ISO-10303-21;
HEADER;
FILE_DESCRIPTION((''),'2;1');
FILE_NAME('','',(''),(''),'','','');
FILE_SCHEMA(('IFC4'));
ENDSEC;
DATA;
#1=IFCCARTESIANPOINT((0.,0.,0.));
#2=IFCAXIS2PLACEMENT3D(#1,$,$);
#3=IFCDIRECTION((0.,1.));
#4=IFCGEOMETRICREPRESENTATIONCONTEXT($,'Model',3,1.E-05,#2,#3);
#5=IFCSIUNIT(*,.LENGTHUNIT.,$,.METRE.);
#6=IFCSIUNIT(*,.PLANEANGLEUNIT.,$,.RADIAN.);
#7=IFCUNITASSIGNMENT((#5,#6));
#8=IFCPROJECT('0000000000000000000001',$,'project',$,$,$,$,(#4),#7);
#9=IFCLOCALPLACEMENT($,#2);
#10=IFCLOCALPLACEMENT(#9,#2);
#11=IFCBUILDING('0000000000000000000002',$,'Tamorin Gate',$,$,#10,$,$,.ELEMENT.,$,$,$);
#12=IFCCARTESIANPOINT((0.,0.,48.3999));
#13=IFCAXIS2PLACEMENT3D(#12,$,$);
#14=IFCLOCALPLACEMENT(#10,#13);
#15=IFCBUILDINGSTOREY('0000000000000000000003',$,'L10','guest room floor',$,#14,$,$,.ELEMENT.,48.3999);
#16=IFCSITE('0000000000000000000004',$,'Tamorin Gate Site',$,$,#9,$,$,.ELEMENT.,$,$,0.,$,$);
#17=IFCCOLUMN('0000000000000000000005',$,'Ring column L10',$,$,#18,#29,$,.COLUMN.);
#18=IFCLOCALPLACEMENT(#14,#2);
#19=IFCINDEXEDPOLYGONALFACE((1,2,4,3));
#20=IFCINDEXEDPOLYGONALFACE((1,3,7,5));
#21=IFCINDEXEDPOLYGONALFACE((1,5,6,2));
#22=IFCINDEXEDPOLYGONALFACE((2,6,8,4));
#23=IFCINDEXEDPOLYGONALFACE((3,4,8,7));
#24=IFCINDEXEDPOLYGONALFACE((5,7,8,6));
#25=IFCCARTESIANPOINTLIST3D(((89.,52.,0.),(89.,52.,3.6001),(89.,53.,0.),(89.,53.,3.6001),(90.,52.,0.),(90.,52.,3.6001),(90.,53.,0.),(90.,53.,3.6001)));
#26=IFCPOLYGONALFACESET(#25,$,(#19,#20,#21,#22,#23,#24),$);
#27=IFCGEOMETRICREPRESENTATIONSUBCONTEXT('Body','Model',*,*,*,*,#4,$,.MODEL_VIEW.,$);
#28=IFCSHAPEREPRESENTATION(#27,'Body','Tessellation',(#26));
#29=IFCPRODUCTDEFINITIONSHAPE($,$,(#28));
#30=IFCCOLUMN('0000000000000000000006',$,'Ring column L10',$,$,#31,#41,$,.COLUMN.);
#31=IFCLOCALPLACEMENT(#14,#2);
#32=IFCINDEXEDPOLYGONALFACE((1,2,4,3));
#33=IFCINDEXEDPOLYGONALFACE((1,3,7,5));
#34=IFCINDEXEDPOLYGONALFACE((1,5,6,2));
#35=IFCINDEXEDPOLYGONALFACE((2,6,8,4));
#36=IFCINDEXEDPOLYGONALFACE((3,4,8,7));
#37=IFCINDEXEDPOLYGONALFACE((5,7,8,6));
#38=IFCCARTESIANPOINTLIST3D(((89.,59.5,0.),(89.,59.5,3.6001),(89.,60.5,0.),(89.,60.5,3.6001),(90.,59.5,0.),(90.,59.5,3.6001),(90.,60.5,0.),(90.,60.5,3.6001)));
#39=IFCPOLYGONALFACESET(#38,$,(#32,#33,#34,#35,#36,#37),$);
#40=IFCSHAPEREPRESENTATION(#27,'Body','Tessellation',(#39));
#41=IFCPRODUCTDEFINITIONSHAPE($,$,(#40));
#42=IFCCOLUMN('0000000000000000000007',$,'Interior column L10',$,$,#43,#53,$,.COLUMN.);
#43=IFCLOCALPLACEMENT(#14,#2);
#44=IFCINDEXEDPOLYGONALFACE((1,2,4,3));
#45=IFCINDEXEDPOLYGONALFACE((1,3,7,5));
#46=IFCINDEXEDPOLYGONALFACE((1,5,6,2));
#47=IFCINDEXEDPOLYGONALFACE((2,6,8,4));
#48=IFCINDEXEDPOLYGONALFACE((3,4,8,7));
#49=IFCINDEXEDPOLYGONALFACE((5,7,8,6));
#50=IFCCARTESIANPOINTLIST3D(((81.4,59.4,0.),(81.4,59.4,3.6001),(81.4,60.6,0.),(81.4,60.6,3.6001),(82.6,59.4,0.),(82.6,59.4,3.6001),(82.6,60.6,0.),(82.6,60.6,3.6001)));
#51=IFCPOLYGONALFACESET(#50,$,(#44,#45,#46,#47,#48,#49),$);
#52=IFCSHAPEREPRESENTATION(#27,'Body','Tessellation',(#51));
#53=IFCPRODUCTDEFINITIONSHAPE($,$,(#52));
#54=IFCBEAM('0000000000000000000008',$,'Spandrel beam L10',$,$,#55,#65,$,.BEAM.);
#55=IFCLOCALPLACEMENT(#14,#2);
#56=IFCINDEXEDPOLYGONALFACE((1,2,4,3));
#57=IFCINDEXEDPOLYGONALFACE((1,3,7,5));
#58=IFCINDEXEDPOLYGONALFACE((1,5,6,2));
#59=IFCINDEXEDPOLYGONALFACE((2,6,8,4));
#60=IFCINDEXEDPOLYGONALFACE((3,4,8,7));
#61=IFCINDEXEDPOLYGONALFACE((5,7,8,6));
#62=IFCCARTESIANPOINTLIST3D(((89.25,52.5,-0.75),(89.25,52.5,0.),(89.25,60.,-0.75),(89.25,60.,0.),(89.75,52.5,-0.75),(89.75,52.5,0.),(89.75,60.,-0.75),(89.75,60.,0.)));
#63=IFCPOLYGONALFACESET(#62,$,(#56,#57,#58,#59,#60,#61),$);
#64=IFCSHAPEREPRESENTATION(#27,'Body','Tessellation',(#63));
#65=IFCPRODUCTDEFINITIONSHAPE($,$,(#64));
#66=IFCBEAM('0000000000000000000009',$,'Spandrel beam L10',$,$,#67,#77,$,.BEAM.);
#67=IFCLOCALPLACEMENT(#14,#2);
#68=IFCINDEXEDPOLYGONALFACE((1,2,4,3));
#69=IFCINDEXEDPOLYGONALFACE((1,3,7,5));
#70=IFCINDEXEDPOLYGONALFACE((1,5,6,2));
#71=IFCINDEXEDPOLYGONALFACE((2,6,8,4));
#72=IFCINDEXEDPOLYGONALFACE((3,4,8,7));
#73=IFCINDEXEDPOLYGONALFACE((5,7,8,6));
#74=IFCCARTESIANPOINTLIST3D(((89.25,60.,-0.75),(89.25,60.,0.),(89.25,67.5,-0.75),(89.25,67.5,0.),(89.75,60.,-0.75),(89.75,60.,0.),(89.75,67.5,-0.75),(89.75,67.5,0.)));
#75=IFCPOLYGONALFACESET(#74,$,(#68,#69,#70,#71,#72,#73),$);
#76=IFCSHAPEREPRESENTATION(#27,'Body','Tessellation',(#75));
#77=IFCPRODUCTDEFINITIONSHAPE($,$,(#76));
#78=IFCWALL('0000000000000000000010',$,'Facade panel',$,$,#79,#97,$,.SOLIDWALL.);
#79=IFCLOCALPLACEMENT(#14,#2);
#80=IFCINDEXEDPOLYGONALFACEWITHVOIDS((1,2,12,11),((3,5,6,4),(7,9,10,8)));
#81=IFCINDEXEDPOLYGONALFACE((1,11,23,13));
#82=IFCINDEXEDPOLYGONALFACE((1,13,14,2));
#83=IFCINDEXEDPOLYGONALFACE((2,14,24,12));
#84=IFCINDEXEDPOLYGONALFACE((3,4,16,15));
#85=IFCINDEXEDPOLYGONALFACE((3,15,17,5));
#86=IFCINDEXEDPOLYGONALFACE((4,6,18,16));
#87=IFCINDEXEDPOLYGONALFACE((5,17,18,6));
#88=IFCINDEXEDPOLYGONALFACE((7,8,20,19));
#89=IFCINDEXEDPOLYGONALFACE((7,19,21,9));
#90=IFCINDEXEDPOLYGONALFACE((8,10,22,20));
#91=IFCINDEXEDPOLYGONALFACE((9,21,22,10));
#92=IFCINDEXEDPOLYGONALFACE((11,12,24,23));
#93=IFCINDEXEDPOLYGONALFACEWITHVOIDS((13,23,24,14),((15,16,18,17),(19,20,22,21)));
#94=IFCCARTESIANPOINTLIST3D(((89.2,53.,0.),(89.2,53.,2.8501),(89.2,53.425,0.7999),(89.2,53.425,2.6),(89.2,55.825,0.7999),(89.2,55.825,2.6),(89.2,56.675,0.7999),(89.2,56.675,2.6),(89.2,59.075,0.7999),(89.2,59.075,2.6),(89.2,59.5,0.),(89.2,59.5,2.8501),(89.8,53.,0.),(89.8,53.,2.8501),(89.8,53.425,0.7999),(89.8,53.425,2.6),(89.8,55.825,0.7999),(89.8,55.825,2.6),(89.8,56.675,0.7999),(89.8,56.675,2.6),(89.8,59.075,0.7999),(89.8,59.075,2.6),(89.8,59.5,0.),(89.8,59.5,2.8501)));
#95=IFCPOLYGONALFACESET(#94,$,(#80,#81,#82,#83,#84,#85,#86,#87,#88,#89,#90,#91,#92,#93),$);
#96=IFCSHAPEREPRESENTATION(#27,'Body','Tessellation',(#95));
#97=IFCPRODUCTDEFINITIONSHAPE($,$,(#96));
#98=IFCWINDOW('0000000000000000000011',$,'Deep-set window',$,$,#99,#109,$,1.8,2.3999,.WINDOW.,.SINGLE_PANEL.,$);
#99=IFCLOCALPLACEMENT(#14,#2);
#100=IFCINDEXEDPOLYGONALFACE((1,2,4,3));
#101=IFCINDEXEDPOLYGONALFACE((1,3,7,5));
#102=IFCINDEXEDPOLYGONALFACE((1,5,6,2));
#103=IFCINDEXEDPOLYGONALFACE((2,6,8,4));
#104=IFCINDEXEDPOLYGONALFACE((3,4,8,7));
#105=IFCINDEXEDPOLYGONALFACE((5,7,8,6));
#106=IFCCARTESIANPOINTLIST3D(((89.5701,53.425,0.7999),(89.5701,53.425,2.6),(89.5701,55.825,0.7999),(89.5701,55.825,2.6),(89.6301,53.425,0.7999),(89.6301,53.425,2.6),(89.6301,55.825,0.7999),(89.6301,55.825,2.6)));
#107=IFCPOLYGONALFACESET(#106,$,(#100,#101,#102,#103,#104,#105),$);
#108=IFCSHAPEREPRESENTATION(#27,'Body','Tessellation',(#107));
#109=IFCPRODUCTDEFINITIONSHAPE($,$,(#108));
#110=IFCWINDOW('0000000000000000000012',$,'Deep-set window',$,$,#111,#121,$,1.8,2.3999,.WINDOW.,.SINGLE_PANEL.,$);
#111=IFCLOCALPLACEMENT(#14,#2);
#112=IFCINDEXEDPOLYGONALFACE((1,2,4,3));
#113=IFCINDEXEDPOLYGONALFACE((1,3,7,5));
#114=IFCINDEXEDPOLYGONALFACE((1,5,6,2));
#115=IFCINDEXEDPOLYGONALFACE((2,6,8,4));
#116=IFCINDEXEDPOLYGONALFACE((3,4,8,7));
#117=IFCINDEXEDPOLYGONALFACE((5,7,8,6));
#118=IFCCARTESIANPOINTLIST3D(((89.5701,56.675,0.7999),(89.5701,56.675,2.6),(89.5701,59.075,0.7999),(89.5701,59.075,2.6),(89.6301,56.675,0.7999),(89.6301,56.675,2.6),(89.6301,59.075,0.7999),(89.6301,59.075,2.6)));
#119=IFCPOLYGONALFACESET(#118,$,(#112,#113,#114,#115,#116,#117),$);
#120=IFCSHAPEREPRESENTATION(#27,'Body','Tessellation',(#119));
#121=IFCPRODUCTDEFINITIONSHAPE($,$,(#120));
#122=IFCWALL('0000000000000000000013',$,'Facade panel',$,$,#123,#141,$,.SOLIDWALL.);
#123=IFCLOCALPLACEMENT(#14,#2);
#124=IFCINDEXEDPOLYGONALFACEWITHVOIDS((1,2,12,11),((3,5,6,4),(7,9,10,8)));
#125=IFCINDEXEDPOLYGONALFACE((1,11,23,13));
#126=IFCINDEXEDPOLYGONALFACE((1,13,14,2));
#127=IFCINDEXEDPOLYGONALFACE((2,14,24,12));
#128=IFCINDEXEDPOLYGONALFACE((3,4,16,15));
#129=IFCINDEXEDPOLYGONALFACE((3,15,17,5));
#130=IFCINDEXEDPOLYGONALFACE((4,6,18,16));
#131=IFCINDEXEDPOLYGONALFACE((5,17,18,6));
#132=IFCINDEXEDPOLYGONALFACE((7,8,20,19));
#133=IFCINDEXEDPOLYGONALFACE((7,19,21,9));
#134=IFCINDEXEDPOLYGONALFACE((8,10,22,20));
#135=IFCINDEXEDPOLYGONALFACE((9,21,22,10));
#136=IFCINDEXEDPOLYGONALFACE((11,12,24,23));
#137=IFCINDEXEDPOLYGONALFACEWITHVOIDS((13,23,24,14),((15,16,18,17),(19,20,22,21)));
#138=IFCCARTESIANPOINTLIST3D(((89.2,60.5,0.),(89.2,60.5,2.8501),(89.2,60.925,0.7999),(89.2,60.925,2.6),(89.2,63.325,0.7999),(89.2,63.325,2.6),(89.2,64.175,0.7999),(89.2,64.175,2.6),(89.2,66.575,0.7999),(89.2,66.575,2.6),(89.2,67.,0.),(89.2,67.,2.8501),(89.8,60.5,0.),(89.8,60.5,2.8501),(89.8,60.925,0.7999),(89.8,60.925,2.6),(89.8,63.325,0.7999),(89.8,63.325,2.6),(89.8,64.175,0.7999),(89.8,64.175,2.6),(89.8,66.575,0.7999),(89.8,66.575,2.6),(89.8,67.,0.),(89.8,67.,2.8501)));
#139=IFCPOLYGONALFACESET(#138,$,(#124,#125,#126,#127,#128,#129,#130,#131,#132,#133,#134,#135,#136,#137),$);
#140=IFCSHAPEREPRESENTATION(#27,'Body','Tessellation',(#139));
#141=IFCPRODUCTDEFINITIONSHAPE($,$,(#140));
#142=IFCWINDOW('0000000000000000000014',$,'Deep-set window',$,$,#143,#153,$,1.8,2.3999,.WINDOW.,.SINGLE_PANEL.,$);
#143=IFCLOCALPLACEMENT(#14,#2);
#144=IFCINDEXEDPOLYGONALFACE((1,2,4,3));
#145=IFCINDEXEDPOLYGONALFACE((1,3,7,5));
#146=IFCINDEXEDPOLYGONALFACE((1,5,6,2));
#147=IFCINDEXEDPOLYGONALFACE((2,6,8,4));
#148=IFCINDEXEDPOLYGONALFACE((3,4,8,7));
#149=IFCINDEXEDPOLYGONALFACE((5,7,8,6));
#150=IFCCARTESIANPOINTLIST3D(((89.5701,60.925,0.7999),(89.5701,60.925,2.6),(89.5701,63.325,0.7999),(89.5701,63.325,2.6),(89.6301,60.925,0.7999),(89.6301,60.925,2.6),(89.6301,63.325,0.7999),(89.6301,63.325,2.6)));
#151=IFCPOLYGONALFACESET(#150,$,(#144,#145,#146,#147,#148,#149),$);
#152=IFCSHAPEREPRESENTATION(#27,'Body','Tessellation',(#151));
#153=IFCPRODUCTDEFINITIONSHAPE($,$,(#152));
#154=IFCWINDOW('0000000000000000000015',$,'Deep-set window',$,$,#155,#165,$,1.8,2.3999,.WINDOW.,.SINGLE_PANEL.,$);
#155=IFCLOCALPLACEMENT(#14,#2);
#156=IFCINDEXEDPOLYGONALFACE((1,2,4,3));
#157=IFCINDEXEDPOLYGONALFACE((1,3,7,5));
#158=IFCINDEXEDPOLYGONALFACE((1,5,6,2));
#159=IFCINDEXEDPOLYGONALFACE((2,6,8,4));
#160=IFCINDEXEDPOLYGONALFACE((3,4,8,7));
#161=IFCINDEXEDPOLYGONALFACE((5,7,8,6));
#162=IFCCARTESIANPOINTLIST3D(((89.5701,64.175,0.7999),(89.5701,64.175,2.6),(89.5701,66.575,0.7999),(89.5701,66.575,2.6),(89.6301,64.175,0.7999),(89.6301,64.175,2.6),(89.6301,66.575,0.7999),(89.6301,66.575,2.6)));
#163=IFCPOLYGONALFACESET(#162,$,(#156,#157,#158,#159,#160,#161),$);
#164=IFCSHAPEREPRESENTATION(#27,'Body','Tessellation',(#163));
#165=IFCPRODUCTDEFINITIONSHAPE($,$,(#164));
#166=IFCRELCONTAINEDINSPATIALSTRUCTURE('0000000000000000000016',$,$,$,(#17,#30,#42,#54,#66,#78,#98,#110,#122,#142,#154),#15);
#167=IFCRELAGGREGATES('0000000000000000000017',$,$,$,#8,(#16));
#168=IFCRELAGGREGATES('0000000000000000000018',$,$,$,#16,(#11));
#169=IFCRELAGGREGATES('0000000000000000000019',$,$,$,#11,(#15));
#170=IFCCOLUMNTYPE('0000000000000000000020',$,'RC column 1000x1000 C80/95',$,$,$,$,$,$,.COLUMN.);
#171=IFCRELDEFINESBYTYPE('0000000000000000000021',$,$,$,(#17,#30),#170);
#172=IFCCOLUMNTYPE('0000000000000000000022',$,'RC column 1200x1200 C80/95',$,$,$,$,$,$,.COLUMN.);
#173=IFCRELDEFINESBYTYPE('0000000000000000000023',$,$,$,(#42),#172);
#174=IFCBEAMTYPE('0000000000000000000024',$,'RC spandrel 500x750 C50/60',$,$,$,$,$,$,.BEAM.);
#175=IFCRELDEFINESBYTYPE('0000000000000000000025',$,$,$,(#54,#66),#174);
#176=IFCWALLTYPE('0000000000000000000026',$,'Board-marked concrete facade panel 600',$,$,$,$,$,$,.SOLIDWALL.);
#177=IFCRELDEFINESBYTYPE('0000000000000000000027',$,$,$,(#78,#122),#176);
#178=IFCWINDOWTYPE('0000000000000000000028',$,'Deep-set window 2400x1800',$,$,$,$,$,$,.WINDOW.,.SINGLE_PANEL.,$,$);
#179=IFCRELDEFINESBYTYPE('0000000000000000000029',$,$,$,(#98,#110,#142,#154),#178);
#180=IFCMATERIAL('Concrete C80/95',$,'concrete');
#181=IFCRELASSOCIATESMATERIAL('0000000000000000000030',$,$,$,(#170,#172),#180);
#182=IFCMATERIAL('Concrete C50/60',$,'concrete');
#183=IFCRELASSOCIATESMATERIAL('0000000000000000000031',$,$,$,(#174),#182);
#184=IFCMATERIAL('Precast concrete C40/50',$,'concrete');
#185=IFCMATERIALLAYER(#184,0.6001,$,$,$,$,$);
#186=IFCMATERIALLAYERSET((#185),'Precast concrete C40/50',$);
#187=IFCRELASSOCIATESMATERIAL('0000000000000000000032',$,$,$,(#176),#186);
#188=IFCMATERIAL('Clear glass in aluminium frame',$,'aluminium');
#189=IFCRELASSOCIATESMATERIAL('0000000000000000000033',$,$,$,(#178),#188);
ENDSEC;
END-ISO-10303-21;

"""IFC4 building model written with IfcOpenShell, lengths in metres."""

from ifc_helpers import new_model, si_unit, direction, frame, frame_2d, origin, origin_2d, place, context, subcontext, project, spatial, rectangle, extrude, material, layer, layer_set, material_profile, profile_set, type_object, element, fill, save


model = new_model("IFC4")

# Units and contexts
model_context = context("Model", 3, precision=1e-05, world=origin(), true_north=direction((0.0, 1.0)))
body_context = subcontext(model_context, "Body", "Model", "MODEL_VIEW")
ifc_project = project(units=[si_unit("LENGTHUNIT", "METRE"), si_unit("PLANEANGLEUNIT", "RADIAN")], contexts=[model_context])

# Site, building, storey
site_placement = place(None, origin())
site = spatial("IfcSite", under=ifc_project, at=site_placement, Name="Tamorin Gate Site", CompositionType="ELEMENT", RefElevation=0.0)
building_placement = place(site_placement, origin())
building = spatial("IfcBuilding", under=site, at=building_placement, Name="Tamorin Gate", CompositionType="ELEMENT")
storey_placement = place(building_placement, frame((0.0, 0.0, 48.3999)))
storey = spatial("IfcBuildingStorey", under=building, at=storey_placement, Name="L10", Description="guest room floor", CompositionType="ELEMENT", Elevation=48.3999)

# Columns
ifc_material_1 = material(Name="Concrete C80/95", Category="concrete")
ifc_material_profile_1 = material_profile(ifc_material_1, rectangle(XDim=1.0, YDim=1.0, at=origin_2d()), Name="RC 1000x1000")
ifc_profile_set_1 = profile_set([ifc_material_profile_1], Name="Concrete C80/95")
column_type_1 = type_object("IfcColumnType", Name="RC column 1000x1000 C80/95", PredefinedType="COLUMN", material=ifc_profile_set_1)
for number, where, z_axis, x_axis, name in (
    (1, (89.5, 52.5, 0.0), (0.0, 0.0, 1.0), (1.0, 0.0, 0.0), "Ring column L10"),
    (2, (89.5, 60.0, 0.0), (0.0, 0.0, 1.0), (1.0, 0.0, 0.0), "Ring column L10"),
):
    element("IfcColumn", number, at=place(storey_placement, frame(where, z_axis=z_axis, x_axis=x_axis)), inside=storey, type_object=column_type_1, Name=name, PredefinedType="COLUMN", context=body_context, shape_type="SweptSolid", body=[
        extrude(rectangle(XDim=1.0, YDim=1.0, at=origin_2d()), origin(), (0.0, 0.0, 1.0), 3.6001),
    ])
ifc_material_profile_2 = material_profile(ifc_material_1, rectangle(XDim=1.2, YDim=1.2, at=origin_2d()), Name="RC 1200x1200")
ifc_profile_set_2 = profile_set([ifc_material_profile_2], Name="Concrete C80/95")
column_type_2 = type_object("IfcColumnType", Name="RC column 1200x1200 C80/95", PredefinedType="COLUMN", material=ifc_profile_set_2)
column_placement = place(storey_placement, frame((82.0, 60.0, 0.0), z_axis=(0.0, 0.0, 1.0), x_axis=(1.0, 0.0, 0.0)))
element("IfcColumn", 3, at=column_placement, inside=storey, type_object=column_type_2, Name="Interior column L10", PredefinedType="COLUMN", context=body_context, shape_type="SweptSolid", body=[
    extrude(rectangle(XDim=1.2, YDim=1.2, at=origin_2d()), origin(), (0.0, 0.0, 1.0), 3.6001),
])

# Beams
ifc_material_2 = material(Name="Concrete C50/60", Category="concrete")
ifc_material_profile_3 = material_profile(ifc_material_2, rectangle(XDim=0.5, YDim=0.75, at=origin_2d()), Name="RC 500x750")
ifc_profile_set_3 = profile_set([ifc_material_profile_3], Name="Concrete C50/60")
beam_type = type_object("IfcBeamType", Name="RC spandrel 500x750 C50/60", PredefinedType="BEAM", material=ifc_profile_set_3)
for number, where, z_axis, x_axis, name in (
    (4, (89.5, 52.5, -0.375), (0.0, 1.0, 0.0), (-1.0, 0.0, 0.0), "Spandrel beam L10"),
    (5, (89.5, 60.0, -0.375), (0.0, 1.0, 0.0), (-1.0, 0.0, 0.0), "Spandrel beam L10"),
):
    element("IfcBeam", number, at=place(storey_placement, frame(where, z_axis=z_axis, x_axis=x_axis)), inside=storey, type_object=beam_type, Name=name, PredefinedType="BEAM", context=body_context, shape_type="SweptSolid", body=[
        extrude(rectangle(XDim=0.5, YDim=0.75, at=origin_2d()), origin(), (0.0, 0.0, 1.0), 7.5),
    ])

# Walls, openings, windows
ifc_material_3 = material(Name="Precast concrete C40/50", Category="concrete")
ifc_layer_1 = layer(ifc_material_3, 0.6001)
ifc_layer_set_1 = layer_set([ifc_layer_1], Name="Precast concrete C40/50")
wall_type_1 = type_object("IfcWallType", Name="Board-marked concrete facade panel 600", PredefinedType="SOLIDWALL", material=ifc_layer_set_1)
wall_1_placement = place(storey_placement, frame((89.5, 53.0, 0.0), z_axis=(0.0, 0.0, 1.0), x_axis=(0.0, 1.0, 0.0)))
wall_1 = element("IfcWall", 6, at=wall_1_placement, inside=storey, type_object=wall_type_1, Name="Facade panel", PredefinedType="SOLIDWALL", context=body_context, shape_type="SweptSolid", body=[
    extrude(rectangle(XDim=6.5, YDim=0.6001, at=frame_2d((3.25, 0.0))), origin(), (0.0, 0.0, 1.0), 2.8501),
])
opening_1_placement = place(wall_1_placement, frame((0.425, 0.0, 0.8)))
opening_1 = element("IfcOpeningElement", 7, at=opening_1_placement, cuts=wall_1, PredefinedType="OPENING", context=body_context, shape_type="SweptSolid", body=[
    extrude(rectangle(XDim=2.3999, YDim=1.8, at=frame_2d((1.2, 0.8999))), frame((0.0, 0.3101, 0.0), z_axis=(0.0, -1.0, 0.0), x_axis=(1.0, 0.0, 0.0)), (0.0, 0.0, 1.0), 0.6201),
])
opening_2_placement = place(wall_1_placement, frame((3.675, 0.0, 0.8)))
opening_2 = element("IfcOpeningElement", 8, at=opening_2_placement, cuts=wall_1, PredefinedType="OPENING", context=body_context, shape_type="SweptSolid", body=[
    extrude(rectangle(XDim=2.3999, YDim=1.8, at=frame_2d((1.2, 0.8999))), frame((0.0, 0.3101, 0.0), z_axis=(0.0, -1.0, 0.0), x_axis=(1.0, 0.0, 0.0)), (0.0, 0.0, 1.0), 0.6201),
])
ifc_material_4 = material(Name="Clear glass in aluminium frame", Category="aluminium")
window_type = type_object("IfcWindowType", Name="Deep-set window 2400x1800", PartitioningType="SINGLE_PANEL", PredefinedType="WINDOW", material=ifc_material_4)
window_1_placement = place(opening_1_placement, origin())
window_1 = element("IfcWindow", 9, at=window_1_placement, inside=storey, type_object=window_type, Name="Deep-set window", OverallHeight=1.8, OverallWidth=2.3999, PartitioningType="SINGLE_PANEL", PredefinedType="WINDOW", context=body_context, shape_type="SweptSolid", body=[
    extrude(rectangle(XDim=2.3999, YDim=1.8, at=frame_2d((1.2, 0.8999))), frame((0.0, -0.0701, 0.0), z_axis=(0.0, -1.0, 0.0), x_axis=(1.0, 0.0, 0.0)), (0.0, 0.0, 1.0), 0.0601),
])
fill(opening_1, window_1)
window_2_placement = place(opening_2_placement, origin())
window_2 = element("IfcWindow", 10, at=window_2_placement, inside=storey, type_object=window_type, Name="Deep-set window", OverallHeight=1.8, OverallWidth=2.3999, PartitioningType="SINGLE_PANEL", PredefinedType="WINDOW", context=body_context, shape_type="SweptSolid", body=[
    extrude(rectangle(XDim=2.3999, YDim=1.8, at=frame_2d((1.2, 0.8999))), frame((0.0, -0.0701, 0.0), z_axis=(0.0, -1.0, 0.0), x_axis=(1.0, 0.0, 0.0)), (0.0, 0.0, 1.0), 0.0601),
])
fill(opening_2, window_2)
wall_2_placement = place(storey_placement, frame((89.5, 60.5, 0.0), z_axis=(0.0, 0.0, 1.0), x_axis=(0.0, 1.0, 0.0)))
wall_2 = element("IfcWall", 11, at=wall_2_placement, inside=storey, type_object=wall_type_1, Name="Facade panel", PredefinedType="SOLIDWALL", context=body_context, shape_type="SweptSolid", body=[
    extrude(rectangle(XDim=6.5, YDim=0.6001, at=frame_2d((3.25, 0.0))), origin(), (0.0, 0.0, 1.0), 2.8501),
])
opening_3_placement = place(wall_2_placement, frame((0.425, 0.0, 0.8)))
opening_3 = element("IfcOpeningElement", 12, at=opening_3_placement, cuts=wall_2, PredefinedType="OPENING", context=body_context, shape_type="SweptSolid", body=[
    extrude(rectangle(XDim=2.3999, YDim=1.8, at=frame_2d((1.2, 0.8999))), frame((0.0, 0.3101, 0.0), z_axis=(0.0, -1.0, 0.0), x_axis=(1.0, 0.0, 0.0)), (0.0, 0.0, 1.0), 0.6201),
])
opening_4_placement = place(wall_2_placement, frame((3.675, 0.0, 0.8)))
opening_4 = element("IfcOpeningElement", 13, at=opening_4_placement, cuts=wall_2, PredefinedType="OPENING", context=body_context, shape_type="SweptSolid", body=[
    extrude(rectangle(XDim=2.3999, YDim=1.8, at=frame_2d((1.2, 0.8999))), frame((0.0, 0.3101, 0.0), z_axis=(0.0, -1.0, 0.0), x_axis=(1.0, 0.0, 0.0)), (0.0, 0.0, 1.0), 0.6201),
])
window_3_placement = place(opening_3_placement, origin())
window_3 = element("IfcWindow", 14, at=window_3_placement, inside=storey, type_object=window_type, Name="Deep-set window", OverallHeight=1.8, OverallWidth=2.3999, PartitioningType="SINGLE_PANEL", PredefinedType="WINDOW", context=body_context, shape_type="SweptSolid", body=[
    extrude(rectangle(XDim=2.3999, YDim=1.8, at=frame_2d((1.2, 0.8999))), frame((0.0, -0.0701, 0.0), z_axis=(0.0, -1.0, 0.0), x_axis=(1.0, 0.0, 0.0)), (0.0, 0.0, 1.0), 0.0601),
])
fill(opening_3, window_3)
window_4_placement = place(opening_4_placement, origin())
window_4 = element("IfcWindow", 15, at=window_4_placement, inside=storey, type_object=window_type, Name="Deep-set window", OverallHeight=1.8, OverallWidth=2.3999, PartitioningType="SINGLE_PANEL", PredefinedType="WINDOW", context=body_context, shape_type="SweptSolid", body=[
    extrude(rectangle(XDim=2.3999, YDim=1.8, at=frame_2d((1.2, 0.8999))), frame((0.0, -0.0701, 0.0), z_axis=(0.0, -1.0, 0.0), x_axis=(1.0, 0.0, 0.0)), (0.0, 0.0, 1.0), 0.0601),
])
fill(opening_4, window_4)

save(model, "model.ifc")
